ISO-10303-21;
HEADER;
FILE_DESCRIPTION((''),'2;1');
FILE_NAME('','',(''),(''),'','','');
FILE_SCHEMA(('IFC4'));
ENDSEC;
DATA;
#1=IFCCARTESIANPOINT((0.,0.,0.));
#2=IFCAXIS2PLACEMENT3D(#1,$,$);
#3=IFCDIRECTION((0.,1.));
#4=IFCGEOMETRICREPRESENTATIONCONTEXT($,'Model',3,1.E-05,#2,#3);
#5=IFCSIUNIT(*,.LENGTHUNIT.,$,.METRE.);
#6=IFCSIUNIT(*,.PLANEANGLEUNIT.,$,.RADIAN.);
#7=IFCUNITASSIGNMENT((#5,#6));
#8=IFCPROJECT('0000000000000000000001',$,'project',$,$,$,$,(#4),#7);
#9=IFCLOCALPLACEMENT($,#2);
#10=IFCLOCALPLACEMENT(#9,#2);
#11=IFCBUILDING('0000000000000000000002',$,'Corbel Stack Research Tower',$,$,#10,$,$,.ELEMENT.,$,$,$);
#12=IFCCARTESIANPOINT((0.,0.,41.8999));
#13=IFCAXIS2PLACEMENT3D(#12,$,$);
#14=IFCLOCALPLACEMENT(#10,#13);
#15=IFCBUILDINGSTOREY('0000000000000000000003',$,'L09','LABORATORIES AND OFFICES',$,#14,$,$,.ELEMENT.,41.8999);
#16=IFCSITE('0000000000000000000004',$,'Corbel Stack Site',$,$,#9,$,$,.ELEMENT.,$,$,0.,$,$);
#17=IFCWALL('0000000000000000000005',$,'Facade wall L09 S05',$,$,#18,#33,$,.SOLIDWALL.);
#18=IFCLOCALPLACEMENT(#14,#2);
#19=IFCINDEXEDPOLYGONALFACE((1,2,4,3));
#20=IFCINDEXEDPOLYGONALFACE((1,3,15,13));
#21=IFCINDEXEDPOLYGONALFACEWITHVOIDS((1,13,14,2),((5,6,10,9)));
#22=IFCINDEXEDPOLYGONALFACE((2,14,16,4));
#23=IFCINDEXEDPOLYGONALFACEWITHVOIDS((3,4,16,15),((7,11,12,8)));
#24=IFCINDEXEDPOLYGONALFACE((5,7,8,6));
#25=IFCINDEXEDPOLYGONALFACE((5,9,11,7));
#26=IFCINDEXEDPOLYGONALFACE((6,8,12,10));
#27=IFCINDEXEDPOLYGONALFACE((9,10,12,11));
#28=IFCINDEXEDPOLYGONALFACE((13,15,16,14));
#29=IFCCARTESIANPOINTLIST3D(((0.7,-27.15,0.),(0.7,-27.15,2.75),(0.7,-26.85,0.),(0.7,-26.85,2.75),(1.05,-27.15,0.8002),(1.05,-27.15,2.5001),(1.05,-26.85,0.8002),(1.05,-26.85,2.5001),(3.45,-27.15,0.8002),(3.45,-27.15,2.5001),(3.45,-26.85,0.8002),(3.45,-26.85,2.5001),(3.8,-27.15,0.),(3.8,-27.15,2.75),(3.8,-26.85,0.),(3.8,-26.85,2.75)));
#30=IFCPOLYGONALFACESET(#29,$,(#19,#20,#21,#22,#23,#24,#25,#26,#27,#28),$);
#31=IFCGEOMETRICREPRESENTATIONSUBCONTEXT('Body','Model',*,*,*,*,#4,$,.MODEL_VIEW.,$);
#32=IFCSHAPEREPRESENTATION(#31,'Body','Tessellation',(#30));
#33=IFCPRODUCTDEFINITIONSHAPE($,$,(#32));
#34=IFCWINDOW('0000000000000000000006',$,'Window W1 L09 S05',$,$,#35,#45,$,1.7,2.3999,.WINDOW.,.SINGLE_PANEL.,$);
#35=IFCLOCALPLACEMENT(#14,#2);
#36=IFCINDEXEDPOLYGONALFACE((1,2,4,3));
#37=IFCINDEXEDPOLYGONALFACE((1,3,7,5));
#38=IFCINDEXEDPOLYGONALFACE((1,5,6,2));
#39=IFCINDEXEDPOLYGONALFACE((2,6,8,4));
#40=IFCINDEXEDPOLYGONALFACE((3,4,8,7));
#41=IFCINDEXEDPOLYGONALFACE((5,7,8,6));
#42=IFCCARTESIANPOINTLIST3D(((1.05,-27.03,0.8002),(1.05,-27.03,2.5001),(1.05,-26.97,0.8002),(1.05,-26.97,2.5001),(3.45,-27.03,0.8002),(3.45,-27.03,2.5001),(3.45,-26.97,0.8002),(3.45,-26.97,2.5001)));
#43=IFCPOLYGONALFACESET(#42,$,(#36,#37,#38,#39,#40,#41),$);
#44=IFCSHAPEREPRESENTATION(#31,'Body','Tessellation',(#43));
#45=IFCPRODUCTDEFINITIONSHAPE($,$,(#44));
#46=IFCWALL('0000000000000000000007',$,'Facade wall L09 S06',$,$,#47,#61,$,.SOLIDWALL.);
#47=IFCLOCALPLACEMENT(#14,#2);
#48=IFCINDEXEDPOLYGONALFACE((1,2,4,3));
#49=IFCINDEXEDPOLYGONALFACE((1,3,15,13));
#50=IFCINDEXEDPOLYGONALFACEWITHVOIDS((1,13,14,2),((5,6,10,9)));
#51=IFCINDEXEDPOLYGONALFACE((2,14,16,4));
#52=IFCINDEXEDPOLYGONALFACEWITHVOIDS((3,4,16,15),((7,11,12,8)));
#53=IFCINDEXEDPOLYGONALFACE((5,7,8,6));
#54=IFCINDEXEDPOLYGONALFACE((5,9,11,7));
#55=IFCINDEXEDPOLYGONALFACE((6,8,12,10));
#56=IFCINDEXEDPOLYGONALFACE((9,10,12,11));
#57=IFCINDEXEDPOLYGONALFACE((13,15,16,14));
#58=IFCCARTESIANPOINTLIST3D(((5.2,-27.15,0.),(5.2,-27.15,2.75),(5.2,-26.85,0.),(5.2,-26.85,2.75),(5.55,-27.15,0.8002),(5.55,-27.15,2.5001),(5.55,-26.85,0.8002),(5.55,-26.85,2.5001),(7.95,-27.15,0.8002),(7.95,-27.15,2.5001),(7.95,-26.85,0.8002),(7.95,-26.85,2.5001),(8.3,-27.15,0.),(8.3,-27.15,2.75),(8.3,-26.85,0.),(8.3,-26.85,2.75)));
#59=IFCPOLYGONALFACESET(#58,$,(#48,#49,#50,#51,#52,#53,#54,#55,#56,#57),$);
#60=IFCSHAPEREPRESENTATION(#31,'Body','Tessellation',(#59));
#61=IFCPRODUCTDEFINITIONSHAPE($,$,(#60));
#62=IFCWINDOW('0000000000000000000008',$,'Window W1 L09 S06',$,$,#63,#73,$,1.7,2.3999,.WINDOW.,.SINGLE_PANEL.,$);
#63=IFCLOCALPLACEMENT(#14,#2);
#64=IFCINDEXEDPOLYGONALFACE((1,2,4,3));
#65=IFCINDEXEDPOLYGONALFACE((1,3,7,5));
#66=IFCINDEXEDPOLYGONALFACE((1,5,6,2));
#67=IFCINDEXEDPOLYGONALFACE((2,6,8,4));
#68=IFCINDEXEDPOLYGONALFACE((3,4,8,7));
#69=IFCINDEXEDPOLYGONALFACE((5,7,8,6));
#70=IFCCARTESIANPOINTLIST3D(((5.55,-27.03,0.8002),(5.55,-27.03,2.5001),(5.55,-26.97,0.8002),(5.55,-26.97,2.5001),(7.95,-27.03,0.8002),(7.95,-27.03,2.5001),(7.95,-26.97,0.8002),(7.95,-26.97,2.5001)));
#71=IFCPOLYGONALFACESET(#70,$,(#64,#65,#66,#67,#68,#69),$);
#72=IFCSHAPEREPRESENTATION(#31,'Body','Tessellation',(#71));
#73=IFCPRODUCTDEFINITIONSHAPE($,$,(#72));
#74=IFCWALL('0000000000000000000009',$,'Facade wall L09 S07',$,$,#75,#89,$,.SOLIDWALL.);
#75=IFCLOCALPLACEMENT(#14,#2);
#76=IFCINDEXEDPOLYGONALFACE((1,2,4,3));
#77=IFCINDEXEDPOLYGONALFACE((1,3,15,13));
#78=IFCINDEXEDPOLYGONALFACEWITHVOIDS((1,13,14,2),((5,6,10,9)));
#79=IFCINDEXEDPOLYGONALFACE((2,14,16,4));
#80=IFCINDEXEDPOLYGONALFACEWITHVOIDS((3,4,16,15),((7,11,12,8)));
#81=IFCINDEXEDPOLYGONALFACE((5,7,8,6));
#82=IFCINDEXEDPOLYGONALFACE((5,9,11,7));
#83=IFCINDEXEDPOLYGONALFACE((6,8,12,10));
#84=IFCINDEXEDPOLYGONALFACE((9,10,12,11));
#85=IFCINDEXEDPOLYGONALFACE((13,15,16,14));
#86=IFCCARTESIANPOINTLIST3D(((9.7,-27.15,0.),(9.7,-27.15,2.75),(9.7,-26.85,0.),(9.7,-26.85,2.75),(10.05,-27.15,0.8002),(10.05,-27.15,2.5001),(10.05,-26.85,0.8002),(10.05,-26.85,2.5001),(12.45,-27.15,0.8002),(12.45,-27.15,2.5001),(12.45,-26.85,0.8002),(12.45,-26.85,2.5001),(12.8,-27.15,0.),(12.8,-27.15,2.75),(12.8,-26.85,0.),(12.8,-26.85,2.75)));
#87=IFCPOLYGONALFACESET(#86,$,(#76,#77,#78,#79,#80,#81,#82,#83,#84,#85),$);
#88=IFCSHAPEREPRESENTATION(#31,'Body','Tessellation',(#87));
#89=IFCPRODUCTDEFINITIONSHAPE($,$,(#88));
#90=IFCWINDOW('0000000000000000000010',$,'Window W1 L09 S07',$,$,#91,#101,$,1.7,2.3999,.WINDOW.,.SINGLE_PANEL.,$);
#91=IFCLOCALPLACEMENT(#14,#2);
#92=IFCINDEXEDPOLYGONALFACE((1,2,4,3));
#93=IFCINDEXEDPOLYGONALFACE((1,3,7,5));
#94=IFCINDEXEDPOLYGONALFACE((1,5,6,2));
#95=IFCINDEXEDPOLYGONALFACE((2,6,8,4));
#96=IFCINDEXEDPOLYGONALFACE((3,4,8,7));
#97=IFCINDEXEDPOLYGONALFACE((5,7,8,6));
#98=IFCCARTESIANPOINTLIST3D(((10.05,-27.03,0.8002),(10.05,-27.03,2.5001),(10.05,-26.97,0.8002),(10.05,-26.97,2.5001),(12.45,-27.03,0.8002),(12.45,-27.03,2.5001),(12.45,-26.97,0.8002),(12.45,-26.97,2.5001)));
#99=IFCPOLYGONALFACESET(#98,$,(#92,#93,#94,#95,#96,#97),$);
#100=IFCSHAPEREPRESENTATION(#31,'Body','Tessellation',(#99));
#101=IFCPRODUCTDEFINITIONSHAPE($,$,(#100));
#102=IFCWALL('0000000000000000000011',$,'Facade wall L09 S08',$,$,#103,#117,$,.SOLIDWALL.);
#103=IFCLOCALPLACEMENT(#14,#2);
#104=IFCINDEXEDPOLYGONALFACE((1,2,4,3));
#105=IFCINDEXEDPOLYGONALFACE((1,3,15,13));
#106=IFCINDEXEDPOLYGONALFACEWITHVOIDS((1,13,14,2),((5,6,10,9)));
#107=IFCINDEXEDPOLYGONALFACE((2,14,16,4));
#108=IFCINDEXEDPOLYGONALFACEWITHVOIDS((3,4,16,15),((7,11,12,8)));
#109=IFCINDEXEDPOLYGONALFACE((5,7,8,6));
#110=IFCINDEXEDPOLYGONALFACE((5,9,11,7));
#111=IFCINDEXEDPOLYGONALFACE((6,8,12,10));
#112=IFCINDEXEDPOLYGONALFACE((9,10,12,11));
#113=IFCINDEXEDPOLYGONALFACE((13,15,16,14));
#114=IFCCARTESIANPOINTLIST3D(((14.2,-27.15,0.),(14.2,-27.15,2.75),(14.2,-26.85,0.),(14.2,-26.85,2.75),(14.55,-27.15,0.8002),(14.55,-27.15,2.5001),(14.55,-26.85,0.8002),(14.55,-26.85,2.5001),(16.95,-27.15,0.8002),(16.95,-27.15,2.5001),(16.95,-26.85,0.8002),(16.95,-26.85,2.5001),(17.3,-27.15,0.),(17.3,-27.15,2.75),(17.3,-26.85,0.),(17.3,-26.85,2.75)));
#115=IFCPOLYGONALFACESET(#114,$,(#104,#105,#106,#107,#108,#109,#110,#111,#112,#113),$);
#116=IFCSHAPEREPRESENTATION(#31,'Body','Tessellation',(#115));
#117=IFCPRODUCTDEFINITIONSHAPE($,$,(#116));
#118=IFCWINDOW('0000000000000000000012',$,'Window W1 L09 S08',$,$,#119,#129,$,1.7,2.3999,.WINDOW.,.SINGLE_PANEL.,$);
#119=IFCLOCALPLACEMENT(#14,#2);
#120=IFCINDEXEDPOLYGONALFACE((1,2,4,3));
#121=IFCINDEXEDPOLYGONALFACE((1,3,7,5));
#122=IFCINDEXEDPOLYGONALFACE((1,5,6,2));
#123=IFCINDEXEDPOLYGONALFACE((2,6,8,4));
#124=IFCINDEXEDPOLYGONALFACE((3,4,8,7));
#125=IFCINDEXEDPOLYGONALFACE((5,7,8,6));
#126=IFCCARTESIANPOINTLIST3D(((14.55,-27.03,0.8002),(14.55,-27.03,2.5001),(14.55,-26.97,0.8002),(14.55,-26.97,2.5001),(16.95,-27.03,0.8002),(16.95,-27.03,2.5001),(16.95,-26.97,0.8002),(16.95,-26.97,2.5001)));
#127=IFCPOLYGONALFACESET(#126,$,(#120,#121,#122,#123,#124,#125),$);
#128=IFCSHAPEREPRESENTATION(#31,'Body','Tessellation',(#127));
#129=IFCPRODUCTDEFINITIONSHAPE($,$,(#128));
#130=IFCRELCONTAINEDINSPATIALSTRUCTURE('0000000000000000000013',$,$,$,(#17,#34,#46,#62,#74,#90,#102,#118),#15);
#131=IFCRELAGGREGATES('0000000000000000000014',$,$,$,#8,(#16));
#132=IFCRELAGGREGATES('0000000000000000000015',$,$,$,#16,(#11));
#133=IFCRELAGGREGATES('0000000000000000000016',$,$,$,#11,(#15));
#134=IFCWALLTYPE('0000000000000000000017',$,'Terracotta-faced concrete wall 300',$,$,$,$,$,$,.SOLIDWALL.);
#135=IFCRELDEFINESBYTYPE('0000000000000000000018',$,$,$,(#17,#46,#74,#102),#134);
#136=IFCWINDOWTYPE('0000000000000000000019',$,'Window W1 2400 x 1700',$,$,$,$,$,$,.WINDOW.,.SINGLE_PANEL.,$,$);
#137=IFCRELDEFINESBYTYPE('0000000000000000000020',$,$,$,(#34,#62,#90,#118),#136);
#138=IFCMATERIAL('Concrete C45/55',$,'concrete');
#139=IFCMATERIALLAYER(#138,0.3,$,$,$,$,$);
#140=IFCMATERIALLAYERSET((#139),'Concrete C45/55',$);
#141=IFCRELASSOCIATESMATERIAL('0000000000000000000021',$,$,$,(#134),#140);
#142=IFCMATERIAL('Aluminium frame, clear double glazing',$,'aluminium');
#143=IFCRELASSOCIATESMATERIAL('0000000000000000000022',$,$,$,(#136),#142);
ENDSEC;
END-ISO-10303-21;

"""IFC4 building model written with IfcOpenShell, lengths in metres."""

from ifc_helpers import new_model, si_unit, direction, frame, frame_2d, origin, place, context, subcontext, project, spatial, rectangle, extrude, material, layer, layer_set, type_object, element, fill, save


model = new_model("IFC4")

# Units and contexts
model_context = context("Model", 3, precision=1e-05, world=origin(), true_north=direction((0.0, 1.0)))
body_context = subcontext(model_context, "Body", "Model", "MODEL_VIEW")
ifc_project = project(units=[si_unit("LENGTHUNIT", "METRE"), si_unit("PLANEANGLEUNIT", "RADIAN")], contexts=[model_context])

# Site, building, storey
site_placement = place(None, origin())
site = spatial("IfcSite", under=ifc_project, at=site_placement, Name="Corbel Stack Site", CompositionType="ELEMENT", RefElevation=0.0)
building_placement = place(site_placement, origin())
building = spatial("IfcBuilding", under=site, at=building_placement, Name="Corbel Stack Research Tower", CompositionType="ELEMENT")
storey_placement = place(building_placement, frame((0.0, 0.0, 41.8999)))
storey = spatial("IfcBuildingStorey", under=building, at=storey_placement, Name="L09", Description="LABORATORIES AND OFFICES", CompositionType="ELEMENT", Elevation=41.8999)

# Walls, openings, windows
ifc_material_1 = material(Name="Concrete C45/55", Category="concrete")
ifc_layer_1 = layer(ifc_material_1, 0.3)
ifc_layer_set_1 = layer_set([ifc_layer_1], Name="Concrete C45/55")
wall_type_1 = type_object("IfcWallType", Name="Terracotta-faced concrete wall 300", PredefinedType="SOLIDWALL", material=ifc_layer_set_1)
wall_1_placement = place(storey_placement, frame((3.8, -27.0, 0.0), z_axis=(0.0, 0.0, 1.0), x_axis=(-1.0, 0.0, 0.0)))
wall_1 = element("IfcWall", 1, at=wall_1_placement, inside=storey, type_object=wall_type_1, Name="Facade wall L09 S05", PredefinedType="SOLIDWALL", context=body_context, shape_type="SweptSolid", body=[
    extrude(rectangle(XDim=3.1001, YDim=0.3, at=frame_2d((1.55, 0.0))), origin(), (0.0, 0.0, 1.0), 2.75),
])
opening_1_placement = place(wall_1_placement, frame((0.3501, 0.0, 0.8)))
opening_1 = element("IfcOpeningElement", 2, at=opening_1_placement, cuts=wall_1, PredefinedType="OPENING", context=body_context, shape_type="SweptSolid", body=[
    extrude(rectangle(XDim=2.3999, YDim=1.7, at=frame_2d((1.2, 0.8501))), frame((0.0, 0.1599, 0.0), z_axis=(0.0, -1.0, 0.0), x_axis=(1.0, 0.0, 0.0)), (0.0, 0.0, 1.0), 0.3201),
])
ifc_material_2 = material(Name="Aluminium frame, clear double glazing", Category="aluminium")
window_type = type_object("IfcWindowType", Name="Window W1 2400 x 1700", PartitioningType="SINGLE_PANEL", PredefinedType="WINDOW", material=ifc_material_2)
window_1_placement = place(opening_1_placement, origin())
window_1 = element("IfcWindow", 3, at=window_1_placement, inside=storey, type_object=window_type, Name="Window W1 L09 S05", OverallHeight=1.7, OverallWidth=2.3999, PartitioningType="SINGLE_PANEL", PredefinedType="WINDOW", context=body_context, shape_type="SweptSolid", body=[
    extrude(rectangle(XDim=2.3999, YDim=1.7, at=frame_2d((1.2, 0.8501))), frame((0.0, 0.03, 0.0), z_axis=(0.0, -1.0, 0.0), x_axis=(1.0, 0.0, 0.0)), (0.0, 0.0, 1.0), 0.0601),
])
fill(opening_1, window_1)
wall_2_placement = place(storey_placement, frame((8.3, -27.0, 0.0), z_axis=(0.0, 0.0, 1.0), x_axis=(-1.0, 0.0, 0.0)))
wall_2 = element("IfcWall", 4, at=wall_2_placement, inside=storey, type_object=wall_type_1, Name="Facade wall L09 S06", PredefinedType="SOLIDWALL", context=body_context, shape_type="SweptSolid", body=[
    extrude(rectangle(XDim=3.1001, YDim=0.3, at=frame_2d((1.55, 0.0))), origin(), (0.0, 0.0, 1.0), 2.75),
])
opening_2_placement = place(wall_2_placement, frame((0.3501, 0.0, 0.8)))
opening_2 = element("IfcOpeningElement", 5, at=opening_2_placement, cuts=wall_2, PredefinedType="OPENING", context=body_context, shape_type="SweptSolid", body=[
    extrude(rectangle(XDim=2.3999, YDim=1.7, at=frame_2d((1.2, 0.8501))), frame((0.0, 0.1599, 0.0), z_axis=(0.0, -1.0, 0.0), x_axis=(1.0, 0.0, 0.0)), (0.0, 0.0, 1.0), 0.3201),
])
window_2_placement = place(opening_2_placement, origin())
window_2 = element("IfcWindow", 6, at=window_2_placement, inside=storey, type_object=window_type, Name="Window W1 L09 S06", OverallHeight=1.7, OverallWidth=2.3999, PartitioningType="SINGLE_PANEL", PredefinedType="WINDOW", context=body_context, shape_type="SweptSolid", body=[
    extrude(rectangle(XDim=2.3999, YDim=1.7, at=frame_2d((1.2, 0.8501))), frame((0.0, 0.03, 0.0), z_axis=(0.0, -1.0, 0.0), x_axis=(1.0, 0.0, 0.0)), (0.0, 0.0, 1.0), 0.0601),
])
fill(opening_2, window_2)
wall_3_placement = place(storey_placement, frame((12.8, -27.0, 0.0), z_axis=(0.0, 0.0, 1.0), x_axis=(-1.0, 0.0, 0.0)))
wall_3 = element("IfcWall", 7, at=wall_3_placement, inside=storey, type_object=wall_type_1, Name="Facade wall L09 S07", PredefinedType="SOLIDWALL", context=body_context, shape_type="SweptSolid", body=[
    extrude(rectangle(XDim=3.1001, YDim=0.3, at=frame_2d((1.55, 0.0))), origin(), (0.0, 0.0, 1.0), 2.75),
])
opening_3_placement = place(wall_3_placement, frame((0.3501, 0.0, 0.8)))
opening_3 = element("IfcOpeningElement", 8, at=opening_3_placement, cuts=wall_3, PredefinedType="OPENING", context=body_context, shape_type="SweptSolid", body=[
    extrude(rectangle(XDim=2.3999, YDim=1.7, at=frame_2d((1.2, 0.8501))), frame((0.0, 0.1599, 0.0), z_axis=(0.0, -1.0, 0.0), x_axis=(1.0, 0.0, 0.0)), (0.0, 0.0, 1.0), 0.3201),
])
window_3_placement = place(opening_3_placement, origin())
window_3 = element("IfcWindow", 9, at=window_3_placement, inside=storey, type_object=window_type, Name="Window W1 L09 S07", OverallHeight=1.7, OverallWidth=2.3999, PartitioningType="SINGLE_PANEL", PredefinedType="WINDOW", context=body_context, shape_type="SweptSolid", body=[
    extrude(rectangle(XDim=2.3999, YDim=1.7, at=frame_2d((1.2, 0.8501))), frame((0.0, 0.03, 0.0), z_axis=(0.0, -1.0, 0.0), x_axis=(1.0, 0.0, 0.0)), (0.0, 0.0, 1.0), 0.0601),
])
fill(opening_3, window_3)
wall_4_placement = place(storey_placement, frame((17.3, -27.0, 0.0), z_axis=(0.0, 0.0, 1.0), x_axis=(-1.0, 0.0, 0.0)))
wall_4 = element("IfcWall", 10, at=wall_4_placement, inside=storey, type_object=wall_type_1, Name="Facade wall L09 S08", PredefinedType="SOLIDWALL", context=body_context, shape_type="SweptSolid", body=[
    extrude(rectangle(XDim=3.1001, YDim=0.3, at=frame_2d((1.55, 0.0))), origin(), (0.0, 0.0, 1.0), 2.75),
])
opening_4_placement = place(wall_4_placement, frame((0.3501, 0.0, 0.8)))
opening_4 = element("IfcOpeningElement", 11, at=opening_4_placement, cuts=wall_4, PredefinedType="OPENING", context=body_context, shape_type="SweptSolid", body=[
    extrude(rectangle(XDim=2.3999, YDim=1.7, at=frame_2d((1.2, 0.8501))), frame((0.0, 0.1599, 0.0), z_axis=(0.0, -1.0, 0.0), x_axis=(1.0, 0.0, 0.0)), (0.0, 0.0, 1.0), 0.3201),
])
window_4_placement = place(opening_4_placement, origin())
window_4 = element("IfcWindow", 12, at=window_4_placement, inside=storey, type_object=window_type, Name="Window W1 L09 S08", OverallHeight=1.7, OverallWidth=2.3999, PartitioningType="SINGLE_PANEL", PredefinedType="WINDOW", context=body_context, shape_type="SweptSolid", body=[
    extrude(rectangle(XDim=2.3999, YDim=1.7, at=frame_2d((1.2, 0.8501))), frame((0.0, 0.03, 0.0), z_axis=(0.0, -1.0, 0.0), x_axis=(1.0, 0.0, 0.0)), (0.0, 0.0, 1.0), 0.0601),
])
fill(opening_4, window_4)

save(model, "model.ifc")
